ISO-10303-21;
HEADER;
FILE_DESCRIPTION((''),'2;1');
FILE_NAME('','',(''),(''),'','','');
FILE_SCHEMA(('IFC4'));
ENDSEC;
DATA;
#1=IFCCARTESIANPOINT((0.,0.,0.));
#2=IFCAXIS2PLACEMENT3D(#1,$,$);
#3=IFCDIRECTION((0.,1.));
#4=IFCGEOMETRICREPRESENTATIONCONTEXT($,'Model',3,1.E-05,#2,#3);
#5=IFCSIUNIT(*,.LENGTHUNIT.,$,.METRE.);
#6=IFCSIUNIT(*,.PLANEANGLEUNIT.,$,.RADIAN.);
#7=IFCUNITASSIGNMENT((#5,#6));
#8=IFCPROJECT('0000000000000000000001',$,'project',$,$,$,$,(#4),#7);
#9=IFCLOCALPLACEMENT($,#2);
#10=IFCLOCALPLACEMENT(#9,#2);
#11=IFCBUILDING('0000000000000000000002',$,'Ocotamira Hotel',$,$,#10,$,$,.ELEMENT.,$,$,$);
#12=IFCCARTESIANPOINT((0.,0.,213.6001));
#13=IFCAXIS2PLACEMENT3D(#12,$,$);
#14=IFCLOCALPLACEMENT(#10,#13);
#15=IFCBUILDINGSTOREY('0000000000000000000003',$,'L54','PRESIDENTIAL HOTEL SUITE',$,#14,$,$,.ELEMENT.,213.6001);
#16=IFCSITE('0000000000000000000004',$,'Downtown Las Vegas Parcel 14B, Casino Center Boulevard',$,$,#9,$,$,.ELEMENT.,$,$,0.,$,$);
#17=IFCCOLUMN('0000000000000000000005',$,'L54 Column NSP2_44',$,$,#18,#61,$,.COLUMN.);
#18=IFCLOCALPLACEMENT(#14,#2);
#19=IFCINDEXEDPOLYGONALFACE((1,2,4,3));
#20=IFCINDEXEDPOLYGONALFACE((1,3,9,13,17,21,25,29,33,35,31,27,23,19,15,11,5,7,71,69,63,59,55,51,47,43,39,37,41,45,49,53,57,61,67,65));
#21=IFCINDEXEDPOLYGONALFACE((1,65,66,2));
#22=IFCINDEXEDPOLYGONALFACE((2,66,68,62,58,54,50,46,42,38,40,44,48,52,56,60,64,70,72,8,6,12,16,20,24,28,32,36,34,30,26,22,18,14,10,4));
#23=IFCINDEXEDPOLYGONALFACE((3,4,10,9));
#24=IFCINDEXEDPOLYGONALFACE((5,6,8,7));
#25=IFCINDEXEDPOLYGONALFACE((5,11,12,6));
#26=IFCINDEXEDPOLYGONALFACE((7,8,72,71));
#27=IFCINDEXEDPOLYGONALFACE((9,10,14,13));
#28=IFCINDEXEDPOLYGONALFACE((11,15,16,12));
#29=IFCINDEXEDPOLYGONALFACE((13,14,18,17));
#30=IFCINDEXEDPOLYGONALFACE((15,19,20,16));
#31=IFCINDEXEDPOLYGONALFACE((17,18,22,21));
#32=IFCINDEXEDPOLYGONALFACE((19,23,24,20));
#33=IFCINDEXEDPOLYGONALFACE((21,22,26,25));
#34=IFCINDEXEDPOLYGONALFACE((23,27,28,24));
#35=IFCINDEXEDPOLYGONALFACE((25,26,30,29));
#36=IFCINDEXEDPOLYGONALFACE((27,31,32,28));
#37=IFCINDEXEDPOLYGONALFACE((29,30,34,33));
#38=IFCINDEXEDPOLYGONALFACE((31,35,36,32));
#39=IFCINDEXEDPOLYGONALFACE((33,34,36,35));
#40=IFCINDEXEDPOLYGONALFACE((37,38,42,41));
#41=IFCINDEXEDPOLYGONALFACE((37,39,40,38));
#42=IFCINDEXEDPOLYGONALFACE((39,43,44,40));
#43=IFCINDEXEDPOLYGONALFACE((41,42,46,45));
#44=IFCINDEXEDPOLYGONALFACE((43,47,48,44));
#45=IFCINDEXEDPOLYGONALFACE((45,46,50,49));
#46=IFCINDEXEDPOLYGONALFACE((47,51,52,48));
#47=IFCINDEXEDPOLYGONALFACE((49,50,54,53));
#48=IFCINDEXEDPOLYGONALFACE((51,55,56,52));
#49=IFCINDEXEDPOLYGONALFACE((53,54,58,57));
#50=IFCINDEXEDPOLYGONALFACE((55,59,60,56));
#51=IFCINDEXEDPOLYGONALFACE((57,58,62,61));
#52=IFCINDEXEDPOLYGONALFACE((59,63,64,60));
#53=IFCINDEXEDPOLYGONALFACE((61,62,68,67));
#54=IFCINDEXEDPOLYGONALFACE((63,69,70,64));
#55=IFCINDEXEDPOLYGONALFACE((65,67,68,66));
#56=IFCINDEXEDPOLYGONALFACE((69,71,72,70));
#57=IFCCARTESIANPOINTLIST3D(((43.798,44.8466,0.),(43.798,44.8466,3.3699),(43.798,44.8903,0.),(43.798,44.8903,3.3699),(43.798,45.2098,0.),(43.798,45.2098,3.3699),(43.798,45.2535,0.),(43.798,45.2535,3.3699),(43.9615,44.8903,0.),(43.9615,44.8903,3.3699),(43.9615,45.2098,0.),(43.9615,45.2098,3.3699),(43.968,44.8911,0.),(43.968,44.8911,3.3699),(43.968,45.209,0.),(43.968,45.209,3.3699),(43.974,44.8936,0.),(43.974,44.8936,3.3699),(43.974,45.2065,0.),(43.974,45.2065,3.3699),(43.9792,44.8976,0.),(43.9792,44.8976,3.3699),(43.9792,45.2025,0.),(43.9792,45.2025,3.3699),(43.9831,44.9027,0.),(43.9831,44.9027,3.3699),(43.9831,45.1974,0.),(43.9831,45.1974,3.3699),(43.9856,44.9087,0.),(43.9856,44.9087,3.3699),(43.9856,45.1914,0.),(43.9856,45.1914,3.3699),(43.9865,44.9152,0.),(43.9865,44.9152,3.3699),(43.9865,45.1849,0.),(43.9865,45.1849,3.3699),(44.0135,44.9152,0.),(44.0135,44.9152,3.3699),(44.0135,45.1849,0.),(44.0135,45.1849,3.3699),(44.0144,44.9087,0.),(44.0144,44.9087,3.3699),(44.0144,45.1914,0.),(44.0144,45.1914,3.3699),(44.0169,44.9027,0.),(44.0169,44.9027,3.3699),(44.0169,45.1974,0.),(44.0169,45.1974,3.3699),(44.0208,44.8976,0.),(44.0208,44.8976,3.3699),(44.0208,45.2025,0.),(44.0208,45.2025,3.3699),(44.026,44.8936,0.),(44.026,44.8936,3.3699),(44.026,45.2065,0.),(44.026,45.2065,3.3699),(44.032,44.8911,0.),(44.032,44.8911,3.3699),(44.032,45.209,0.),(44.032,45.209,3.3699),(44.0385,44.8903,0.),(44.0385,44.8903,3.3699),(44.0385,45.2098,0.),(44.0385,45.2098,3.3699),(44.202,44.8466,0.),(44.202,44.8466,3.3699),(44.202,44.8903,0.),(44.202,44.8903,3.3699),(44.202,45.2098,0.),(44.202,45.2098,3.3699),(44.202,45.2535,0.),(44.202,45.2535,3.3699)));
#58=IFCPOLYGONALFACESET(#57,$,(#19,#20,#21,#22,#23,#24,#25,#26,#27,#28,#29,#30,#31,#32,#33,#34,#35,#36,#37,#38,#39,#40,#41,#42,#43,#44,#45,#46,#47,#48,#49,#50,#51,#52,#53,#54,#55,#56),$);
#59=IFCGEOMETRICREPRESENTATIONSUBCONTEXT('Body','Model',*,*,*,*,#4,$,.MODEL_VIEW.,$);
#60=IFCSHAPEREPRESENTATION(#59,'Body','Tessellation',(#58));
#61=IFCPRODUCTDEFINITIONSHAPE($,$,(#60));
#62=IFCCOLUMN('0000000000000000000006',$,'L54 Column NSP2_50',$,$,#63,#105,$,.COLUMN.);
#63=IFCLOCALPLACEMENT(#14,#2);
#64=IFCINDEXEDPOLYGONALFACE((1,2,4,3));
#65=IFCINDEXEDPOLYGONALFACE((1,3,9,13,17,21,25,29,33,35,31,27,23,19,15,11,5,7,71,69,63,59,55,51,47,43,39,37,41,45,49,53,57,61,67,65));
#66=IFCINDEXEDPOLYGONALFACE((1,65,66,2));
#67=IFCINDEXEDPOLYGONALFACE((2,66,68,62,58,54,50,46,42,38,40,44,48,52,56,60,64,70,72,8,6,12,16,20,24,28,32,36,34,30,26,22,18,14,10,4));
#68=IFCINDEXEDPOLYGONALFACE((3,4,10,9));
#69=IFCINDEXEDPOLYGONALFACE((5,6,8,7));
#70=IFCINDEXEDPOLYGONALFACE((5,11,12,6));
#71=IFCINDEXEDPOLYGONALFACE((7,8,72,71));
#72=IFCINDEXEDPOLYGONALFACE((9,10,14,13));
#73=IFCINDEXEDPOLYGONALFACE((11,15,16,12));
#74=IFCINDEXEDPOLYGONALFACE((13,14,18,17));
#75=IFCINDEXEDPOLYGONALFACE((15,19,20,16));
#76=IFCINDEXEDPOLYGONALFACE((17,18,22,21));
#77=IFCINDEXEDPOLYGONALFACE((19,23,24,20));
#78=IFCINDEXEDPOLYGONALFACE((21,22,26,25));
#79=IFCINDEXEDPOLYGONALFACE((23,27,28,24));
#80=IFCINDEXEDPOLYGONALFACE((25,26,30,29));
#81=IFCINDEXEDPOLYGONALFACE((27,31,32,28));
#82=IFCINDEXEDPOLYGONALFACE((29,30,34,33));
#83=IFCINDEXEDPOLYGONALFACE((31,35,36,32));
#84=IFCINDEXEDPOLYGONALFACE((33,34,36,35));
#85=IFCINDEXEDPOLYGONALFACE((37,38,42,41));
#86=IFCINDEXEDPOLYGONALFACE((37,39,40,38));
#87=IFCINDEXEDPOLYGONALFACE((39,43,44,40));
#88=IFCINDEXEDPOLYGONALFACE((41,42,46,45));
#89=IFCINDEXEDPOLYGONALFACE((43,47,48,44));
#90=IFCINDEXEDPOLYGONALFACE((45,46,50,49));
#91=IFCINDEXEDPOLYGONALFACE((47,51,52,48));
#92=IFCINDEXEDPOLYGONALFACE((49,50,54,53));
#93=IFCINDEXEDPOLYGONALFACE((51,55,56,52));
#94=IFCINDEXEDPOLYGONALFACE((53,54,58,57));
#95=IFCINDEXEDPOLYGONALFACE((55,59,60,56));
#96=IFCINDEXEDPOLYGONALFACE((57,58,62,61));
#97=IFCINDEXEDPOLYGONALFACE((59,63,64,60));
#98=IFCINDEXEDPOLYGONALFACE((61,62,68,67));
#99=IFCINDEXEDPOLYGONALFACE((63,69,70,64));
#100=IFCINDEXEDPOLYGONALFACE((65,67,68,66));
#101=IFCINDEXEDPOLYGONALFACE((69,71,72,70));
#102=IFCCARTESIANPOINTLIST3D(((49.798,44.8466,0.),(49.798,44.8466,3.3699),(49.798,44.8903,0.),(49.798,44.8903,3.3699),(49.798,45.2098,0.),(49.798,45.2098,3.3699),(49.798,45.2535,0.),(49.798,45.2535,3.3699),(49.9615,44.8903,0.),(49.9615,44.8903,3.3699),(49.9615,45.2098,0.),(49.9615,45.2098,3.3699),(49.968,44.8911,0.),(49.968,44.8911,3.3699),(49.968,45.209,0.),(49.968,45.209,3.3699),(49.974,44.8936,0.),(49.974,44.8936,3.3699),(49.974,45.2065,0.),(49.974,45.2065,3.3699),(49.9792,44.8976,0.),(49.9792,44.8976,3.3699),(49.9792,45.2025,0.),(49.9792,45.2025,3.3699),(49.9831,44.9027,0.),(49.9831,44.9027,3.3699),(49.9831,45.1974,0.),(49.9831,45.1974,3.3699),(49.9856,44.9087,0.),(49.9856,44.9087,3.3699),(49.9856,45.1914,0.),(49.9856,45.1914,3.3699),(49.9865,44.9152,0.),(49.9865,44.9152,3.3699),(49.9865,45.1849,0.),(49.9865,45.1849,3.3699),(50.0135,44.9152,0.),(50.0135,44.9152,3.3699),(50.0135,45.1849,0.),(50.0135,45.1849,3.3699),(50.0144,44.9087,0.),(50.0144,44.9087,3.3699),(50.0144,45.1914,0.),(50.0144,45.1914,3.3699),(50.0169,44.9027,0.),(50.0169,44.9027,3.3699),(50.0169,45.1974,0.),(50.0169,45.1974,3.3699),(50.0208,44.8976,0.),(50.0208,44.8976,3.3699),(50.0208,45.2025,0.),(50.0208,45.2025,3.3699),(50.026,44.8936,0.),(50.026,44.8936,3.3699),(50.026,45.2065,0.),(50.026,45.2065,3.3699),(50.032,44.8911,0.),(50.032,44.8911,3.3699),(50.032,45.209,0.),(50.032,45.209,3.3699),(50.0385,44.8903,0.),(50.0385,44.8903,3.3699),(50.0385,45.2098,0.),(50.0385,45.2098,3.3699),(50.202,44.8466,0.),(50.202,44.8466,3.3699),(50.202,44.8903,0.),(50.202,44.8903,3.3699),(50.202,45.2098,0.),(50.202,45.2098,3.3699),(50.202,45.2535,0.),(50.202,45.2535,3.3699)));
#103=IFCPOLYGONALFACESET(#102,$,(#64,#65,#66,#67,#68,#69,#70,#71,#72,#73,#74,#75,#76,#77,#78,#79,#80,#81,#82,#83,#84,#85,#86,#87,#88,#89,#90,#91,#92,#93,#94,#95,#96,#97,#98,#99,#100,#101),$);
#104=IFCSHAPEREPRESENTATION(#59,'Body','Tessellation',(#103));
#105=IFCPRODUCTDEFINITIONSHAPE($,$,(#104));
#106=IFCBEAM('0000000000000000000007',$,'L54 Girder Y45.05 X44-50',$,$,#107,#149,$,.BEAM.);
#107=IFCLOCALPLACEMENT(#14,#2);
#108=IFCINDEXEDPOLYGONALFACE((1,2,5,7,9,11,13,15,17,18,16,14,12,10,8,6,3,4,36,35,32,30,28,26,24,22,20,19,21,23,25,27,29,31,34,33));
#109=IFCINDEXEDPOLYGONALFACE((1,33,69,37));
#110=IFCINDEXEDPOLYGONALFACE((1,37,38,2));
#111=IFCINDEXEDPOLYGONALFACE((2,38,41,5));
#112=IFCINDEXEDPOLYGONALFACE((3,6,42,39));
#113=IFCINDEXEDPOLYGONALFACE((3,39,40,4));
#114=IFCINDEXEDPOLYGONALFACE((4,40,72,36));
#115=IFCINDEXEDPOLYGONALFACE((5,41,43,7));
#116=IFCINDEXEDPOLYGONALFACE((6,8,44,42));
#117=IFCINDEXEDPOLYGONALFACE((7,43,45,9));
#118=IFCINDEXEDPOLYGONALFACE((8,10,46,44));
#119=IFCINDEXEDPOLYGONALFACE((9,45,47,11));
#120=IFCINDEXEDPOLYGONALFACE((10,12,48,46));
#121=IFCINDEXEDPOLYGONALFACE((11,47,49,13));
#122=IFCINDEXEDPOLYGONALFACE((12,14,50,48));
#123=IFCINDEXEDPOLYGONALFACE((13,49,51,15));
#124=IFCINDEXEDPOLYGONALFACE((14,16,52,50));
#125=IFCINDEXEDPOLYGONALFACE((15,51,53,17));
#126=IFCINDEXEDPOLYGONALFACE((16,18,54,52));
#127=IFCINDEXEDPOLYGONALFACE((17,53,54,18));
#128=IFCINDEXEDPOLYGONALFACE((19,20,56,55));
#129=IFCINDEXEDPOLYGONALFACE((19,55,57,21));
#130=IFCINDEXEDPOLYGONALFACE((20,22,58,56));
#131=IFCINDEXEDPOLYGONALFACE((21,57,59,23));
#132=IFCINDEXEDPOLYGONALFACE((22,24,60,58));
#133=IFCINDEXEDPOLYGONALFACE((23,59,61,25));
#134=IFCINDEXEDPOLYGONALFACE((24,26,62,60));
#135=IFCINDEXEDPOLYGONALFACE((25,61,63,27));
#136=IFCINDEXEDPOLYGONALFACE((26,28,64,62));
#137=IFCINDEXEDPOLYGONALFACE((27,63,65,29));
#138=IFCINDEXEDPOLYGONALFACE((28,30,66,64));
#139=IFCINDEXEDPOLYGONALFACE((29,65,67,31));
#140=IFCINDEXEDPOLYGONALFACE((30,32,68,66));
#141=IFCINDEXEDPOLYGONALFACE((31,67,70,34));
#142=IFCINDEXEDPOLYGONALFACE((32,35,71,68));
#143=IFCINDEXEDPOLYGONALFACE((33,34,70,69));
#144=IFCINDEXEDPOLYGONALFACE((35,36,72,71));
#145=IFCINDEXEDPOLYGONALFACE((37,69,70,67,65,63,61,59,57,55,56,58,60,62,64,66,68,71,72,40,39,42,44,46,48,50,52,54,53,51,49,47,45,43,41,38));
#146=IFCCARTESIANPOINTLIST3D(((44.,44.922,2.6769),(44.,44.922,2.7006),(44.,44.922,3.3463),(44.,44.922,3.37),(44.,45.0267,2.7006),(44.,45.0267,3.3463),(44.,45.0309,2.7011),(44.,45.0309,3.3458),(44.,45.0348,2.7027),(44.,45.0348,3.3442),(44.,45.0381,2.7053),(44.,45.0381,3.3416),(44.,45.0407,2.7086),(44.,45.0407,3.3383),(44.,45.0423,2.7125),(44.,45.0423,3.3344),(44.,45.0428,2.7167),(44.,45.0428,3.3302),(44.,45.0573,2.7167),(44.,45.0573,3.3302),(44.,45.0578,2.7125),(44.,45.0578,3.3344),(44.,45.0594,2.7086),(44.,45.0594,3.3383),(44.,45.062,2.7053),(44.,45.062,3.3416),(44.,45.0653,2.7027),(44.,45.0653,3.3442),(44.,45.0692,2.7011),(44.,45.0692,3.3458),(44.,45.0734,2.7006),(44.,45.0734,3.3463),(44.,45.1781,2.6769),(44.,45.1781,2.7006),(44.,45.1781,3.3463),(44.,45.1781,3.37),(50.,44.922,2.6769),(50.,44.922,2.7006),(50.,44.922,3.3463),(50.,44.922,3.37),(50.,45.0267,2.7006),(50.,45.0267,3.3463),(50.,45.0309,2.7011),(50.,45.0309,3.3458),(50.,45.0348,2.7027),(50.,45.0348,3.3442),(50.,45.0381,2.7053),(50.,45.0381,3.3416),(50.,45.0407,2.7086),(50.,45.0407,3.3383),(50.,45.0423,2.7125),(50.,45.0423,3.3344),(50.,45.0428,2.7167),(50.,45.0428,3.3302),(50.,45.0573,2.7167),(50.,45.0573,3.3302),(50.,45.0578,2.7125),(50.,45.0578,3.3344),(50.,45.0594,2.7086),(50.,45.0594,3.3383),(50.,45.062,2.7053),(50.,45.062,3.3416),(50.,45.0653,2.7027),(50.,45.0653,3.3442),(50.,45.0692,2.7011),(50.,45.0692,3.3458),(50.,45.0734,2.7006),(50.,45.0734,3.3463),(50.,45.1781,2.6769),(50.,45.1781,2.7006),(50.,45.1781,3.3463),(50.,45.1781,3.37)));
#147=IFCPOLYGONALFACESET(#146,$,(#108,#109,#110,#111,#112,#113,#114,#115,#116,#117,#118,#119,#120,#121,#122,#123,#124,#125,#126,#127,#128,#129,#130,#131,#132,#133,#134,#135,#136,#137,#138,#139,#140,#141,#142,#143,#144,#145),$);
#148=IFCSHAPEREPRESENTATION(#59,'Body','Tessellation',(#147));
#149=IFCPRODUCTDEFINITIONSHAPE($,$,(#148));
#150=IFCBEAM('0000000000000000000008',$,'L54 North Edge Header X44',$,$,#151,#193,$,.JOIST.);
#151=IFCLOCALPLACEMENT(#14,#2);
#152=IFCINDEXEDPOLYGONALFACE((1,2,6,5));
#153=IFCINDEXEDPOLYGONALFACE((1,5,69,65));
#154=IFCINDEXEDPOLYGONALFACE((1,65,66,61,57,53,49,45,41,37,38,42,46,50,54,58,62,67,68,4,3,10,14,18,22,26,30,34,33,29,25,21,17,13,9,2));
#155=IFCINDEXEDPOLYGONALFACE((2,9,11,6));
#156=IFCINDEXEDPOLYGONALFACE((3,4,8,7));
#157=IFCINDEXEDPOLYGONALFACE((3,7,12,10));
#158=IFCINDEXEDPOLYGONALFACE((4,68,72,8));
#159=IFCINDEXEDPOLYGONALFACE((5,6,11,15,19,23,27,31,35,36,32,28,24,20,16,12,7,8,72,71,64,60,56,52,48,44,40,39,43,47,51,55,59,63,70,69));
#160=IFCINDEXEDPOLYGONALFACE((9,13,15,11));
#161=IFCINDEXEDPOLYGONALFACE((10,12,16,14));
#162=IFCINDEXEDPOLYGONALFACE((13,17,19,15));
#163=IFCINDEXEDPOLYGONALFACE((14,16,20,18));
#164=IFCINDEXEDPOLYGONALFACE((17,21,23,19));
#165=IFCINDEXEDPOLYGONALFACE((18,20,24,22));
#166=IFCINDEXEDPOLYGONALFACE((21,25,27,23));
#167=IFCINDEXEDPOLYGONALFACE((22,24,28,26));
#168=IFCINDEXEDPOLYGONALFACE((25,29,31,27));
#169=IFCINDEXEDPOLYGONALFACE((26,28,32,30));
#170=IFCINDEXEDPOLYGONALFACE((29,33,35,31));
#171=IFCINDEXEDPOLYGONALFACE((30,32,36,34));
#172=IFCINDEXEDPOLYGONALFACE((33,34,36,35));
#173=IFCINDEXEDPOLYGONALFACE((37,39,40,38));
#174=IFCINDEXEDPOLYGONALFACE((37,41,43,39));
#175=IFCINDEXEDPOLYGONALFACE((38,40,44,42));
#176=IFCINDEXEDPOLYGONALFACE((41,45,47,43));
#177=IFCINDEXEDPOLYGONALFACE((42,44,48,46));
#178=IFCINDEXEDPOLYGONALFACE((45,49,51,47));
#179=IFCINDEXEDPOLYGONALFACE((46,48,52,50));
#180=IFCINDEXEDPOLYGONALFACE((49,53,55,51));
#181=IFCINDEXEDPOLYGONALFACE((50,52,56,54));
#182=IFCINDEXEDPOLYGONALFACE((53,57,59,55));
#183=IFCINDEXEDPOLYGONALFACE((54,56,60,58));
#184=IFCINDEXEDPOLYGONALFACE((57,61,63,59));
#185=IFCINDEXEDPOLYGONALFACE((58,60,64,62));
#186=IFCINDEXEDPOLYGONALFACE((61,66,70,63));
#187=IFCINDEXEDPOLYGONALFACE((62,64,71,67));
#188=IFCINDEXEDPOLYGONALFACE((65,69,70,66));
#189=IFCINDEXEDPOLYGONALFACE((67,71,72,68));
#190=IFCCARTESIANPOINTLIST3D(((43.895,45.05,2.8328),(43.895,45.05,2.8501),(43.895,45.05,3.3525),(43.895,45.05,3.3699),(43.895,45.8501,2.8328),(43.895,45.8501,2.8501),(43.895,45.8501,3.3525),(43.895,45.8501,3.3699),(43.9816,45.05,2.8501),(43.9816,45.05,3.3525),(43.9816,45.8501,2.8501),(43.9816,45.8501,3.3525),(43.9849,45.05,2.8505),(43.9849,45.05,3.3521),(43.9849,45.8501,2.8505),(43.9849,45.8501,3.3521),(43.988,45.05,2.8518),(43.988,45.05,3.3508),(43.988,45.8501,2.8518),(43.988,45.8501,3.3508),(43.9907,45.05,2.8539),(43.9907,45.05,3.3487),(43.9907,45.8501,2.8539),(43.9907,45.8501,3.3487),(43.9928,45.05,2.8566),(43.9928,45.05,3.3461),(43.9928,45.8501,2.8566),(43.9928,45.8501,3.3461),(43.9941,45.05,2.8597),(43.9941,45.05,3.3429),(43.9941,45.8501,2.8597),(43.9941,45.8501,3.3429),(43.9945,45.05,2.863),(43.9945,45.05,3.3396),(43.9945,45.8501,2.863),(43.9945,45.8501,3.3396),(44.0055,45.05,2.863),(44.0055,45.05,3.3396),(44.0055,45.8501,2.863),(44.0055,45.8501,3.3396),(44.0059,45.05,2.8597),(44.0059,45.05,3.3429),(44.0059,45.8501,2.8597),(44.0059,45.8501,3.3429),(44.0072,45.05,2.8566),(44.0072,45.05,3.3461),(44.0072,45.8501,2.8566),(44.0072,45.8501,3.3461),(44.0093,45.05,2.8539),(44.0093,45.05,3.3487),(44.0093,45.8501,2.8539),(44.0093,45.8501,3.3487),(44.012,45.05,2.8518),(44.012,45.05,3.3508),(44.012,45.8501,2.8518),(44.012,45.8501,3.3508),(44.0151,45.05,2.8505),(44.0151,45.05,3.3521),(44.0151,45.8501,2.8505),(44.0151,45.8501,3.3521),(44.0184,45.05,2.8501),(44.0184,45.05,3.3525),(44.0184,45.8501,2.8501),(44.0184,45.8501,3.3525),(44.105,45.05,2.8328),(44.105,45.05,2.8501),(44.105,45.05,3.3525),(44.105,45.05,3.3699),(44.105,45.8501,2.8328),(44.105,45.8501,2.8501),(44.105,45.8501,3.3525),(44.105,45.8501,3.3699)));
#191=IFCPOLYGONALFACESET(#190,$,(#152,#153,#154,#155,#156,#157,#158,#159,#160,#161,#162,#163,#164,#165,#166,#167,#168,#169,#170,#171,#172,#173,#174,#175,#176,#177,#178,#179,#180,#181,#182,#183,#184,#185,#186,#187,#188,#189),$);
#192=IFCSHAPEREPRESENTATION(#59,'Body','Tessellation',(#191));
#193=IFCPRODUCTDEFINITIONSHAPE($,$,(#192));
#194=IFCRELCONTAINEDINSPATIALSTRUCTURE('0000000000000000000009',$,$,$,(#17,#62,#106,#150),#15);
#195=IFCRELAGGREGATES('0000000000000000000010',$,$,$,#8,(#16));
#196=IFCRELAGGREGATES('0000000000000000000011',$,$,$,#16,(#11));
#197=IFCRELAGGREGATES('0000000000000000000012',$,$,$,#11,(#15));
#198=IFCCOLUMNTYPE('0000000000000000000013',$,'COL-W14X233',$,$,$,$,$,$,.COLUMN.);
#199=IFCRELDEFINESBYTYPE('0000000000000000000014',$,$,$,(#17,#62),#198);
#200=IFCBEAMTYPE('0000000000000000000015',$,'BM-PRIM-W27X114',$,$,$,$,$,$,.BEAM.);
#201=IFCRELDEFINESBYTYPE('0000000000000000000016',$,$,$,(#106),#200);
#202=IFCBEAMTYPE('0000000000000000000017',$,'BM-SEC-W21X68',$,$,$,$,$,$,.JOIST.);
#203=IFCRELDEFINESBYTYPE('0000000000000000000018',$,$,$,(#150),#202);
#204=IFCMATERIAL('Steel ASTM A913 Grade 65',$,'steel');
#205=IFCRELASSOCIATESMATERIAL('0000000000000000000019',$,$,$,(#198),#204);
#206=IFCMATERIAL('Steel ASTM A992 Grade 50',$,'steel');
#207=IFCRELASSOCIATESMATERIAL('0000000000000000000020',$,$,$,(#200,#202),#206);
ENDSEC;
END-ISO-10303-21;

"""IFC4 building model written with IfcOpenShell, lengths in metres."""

from ifc_helpers import new_model, si_unit, direction, frame, origin, origin_2d, place, context, subcontext, project, spatial, i_section, extrude, source, transform, mapped, material, material_profile, profile_set, type_object, element, save


model = new_model("IFC4")

# Units and contexts
model_context = context("Model", 3, precision=1e-05, world=origin(), true_north=direction((0.0, 1.0)))
body_context = subcontext(model_context, "Body", "Model", "MODEL_VIEW")
ifc_project = project(units=[si_unit("LENGTHUNIT", "METRE"), si_unit("PLANEANGLEUNIT", "RADIAN")], contexts=[model_context])

# Site, building, storey
site_placement = place(None, origin())
site = spatial("IfcSite", under=ifc_project, at=site_placement, Name="Downtown Las Vegas Parcel 14B, Casino Center Boulevard", CompositionType="ELEMENT", RefElevation=0.0)
building_placement = place(site_placement, origin())
building = spatial("IfcBuilding", under=site, at=building_placement, Name="Ocotamira Hotel", CompositionType="ELEMENT")
storey_placement = place(building_placement, frame((0.0, 0.0, 213.6001)))
storey = spatial("IfcBuildingStorey", under=building, at=storey_placement, Name="L54", Description="PRESIDENTIAL HOTEL SUITE", CompositionType="ELEMENT", Elevation=213.6001)

# Columns
ifc_material_1 = material(Name="Steel ASTM A913 Grade 65", Category="steel")
ifc_material_profile_1 = material_profile(ifc_material_1, i_section(OverallWidth=0.4041, OverallDepth=0.407, WebThickness=0.0271, FlangeThickness=0.0437, FilletRadius=0.0249, at=origin_2d()), Name="W14X233")
ifc_profile_set_1 = profile_set([ifc_material_profile_1], Name="Steel ASTM A913 Grade 65")
column_type = type_object("IfcColumnType", Name="COL-W14X233", PredefinedType="COLUMN", material=ifc_profile_set_1)
shared_shape_1 = source(origin(), body_context, "Body", "SweptSolid", [
    extrude(i_section(OverallWidth=0.4041, OverallDepth=0.407, WebThickness=0.0271, FlangeThickness=0.0437, FilletRadius=0.0249, at=origin_2d()), origin(), (0.0, 0.0, 1.0), 3.3699),
])
for number, where, z_axis, x_axis, name in (
    (1, (44.0, 45.05, 0.0), (0.0, 0.0, 1.0), (1.0, 0.0, 0.0), "L54 Column NSP2_44"),
    (2, (50.0, 45.05, 0.0), (0.0, 0.0, 1.0), (1.0, 0.0, 0.0), "L54 Column NSP2_50"),
):
    element("IfcColumn", number, at=place(storey_placement, frame(where, z_axis=z_axis, x_axis=x_axis)), inside=storey, type_object=column_type, Name=name, PredefinedType="COLUMN", context=body_context, shape_type="MappedRepresentation", body=[
        mapped(shared_shape_1, transform((0.0, 0.0, 0.0), scale=1.0)),
    ])

# Beams
ifc_material_2 = material(Name="Steel ASTM A992 Grade 50", Category="steel")
ifc_material_profile_2 = material_profile(ifc_material_2, i_section(OverallWidth=0.2561, OverallDepth=0.6931, WebThickness=0.0144, FlangeThickness=0.0237, FilletRadius=0.0161, at=origin_2d()), Name="W27X114")
ifc_profile_set_2 = profile_set([ifc_material_profile_2], Name="Steel ASTM A992 Grade 50")
beam_type_1 = type_object("IfcBeamType", Name="BM-PRIM-W27X114", PredefinedType="BEAM", material=ifc_profile_set_2)
shared_shape_2 = source(origin(), body_context, "Body", "SweptSolid", [
    extrude(i_section(OverallWidth=0.2561, OverallDepth=0.6931, WebThickness=0.0144, FlangeThickness=0.0237, FilletRadius=0.0161, at=origin_2d()), origin(), (0.0, 0.0, 1.0), 6.0),
])
beam_1_placement = place(storey_placement, frame((44.0, 45.05, 3.0234), z_axis=(1.0, 0.0, 0.0), x_axis=(0.0, 1.0, 0.0)))
element("IfcBeam", 3, at=beam_1_placement, inside=storey, type_object=beam_type_1, Name="L54 Girder Y45.05 X44-50", PredefinedType="BEAM", context=body_context, shape_type="MappedRepresentation", body=[
    mapped(shared_shape_2, transform((0.0, 0.0, 0.0), scale=1.0)),
])
ifc_material_profile_3 = material_profile(ifc_material_2, i_section(OverallWidth=0.21, OverallDepth=0.5371, WebThickness=0.011, FlangeThickness=0.0173, FilletRadius=0.0129, at=origin_2d()), Name="W21X68")
ifc_profile_set_3 = profile_set([ifc_material_profile_3], Name="Steel ASTM A992 Grade 50")
beam_type_2 = type_object("IfcBeamType", Name="BM-SEC-W21X68", PredefinedType="JOIST", material=ifc_profile_set_3)
shared_shape_3 = source(origin(), body_context, "Body", "SweptSolid", [
    extrude(i_section(OverallWidth=0.21, OverallDepth=0.5371, WebThickness=0.011, FlangeThickness=0.0173, FilletRadius=0.0129, at=origin_2d()), origin(), (0.0, 0.0, 1.0), 0.8),
])
for number, where, z_axis, x_axis, name in (
    (4, (44.0, 45.05, 3.1013), (0.0, 1.0, 0.0), (-1.0, 0.0, 0.0), "L54 North Edge Header X44"),
):
    element("IfcBeam", number, at=place(storey_placement, frame(where, z_axis=z_axis, x_axis=x_axis)), inside=storey, type_object=beam_type_2, Name=name, PredefinedType="JOIST", context=body_context, shape_type="MappedRepresentation", body=[
        mapped(shared_shape_3, transform((0.0, 0.0, 0.0), scale=1.0)),
    ])

save(model, "model.ifc")
